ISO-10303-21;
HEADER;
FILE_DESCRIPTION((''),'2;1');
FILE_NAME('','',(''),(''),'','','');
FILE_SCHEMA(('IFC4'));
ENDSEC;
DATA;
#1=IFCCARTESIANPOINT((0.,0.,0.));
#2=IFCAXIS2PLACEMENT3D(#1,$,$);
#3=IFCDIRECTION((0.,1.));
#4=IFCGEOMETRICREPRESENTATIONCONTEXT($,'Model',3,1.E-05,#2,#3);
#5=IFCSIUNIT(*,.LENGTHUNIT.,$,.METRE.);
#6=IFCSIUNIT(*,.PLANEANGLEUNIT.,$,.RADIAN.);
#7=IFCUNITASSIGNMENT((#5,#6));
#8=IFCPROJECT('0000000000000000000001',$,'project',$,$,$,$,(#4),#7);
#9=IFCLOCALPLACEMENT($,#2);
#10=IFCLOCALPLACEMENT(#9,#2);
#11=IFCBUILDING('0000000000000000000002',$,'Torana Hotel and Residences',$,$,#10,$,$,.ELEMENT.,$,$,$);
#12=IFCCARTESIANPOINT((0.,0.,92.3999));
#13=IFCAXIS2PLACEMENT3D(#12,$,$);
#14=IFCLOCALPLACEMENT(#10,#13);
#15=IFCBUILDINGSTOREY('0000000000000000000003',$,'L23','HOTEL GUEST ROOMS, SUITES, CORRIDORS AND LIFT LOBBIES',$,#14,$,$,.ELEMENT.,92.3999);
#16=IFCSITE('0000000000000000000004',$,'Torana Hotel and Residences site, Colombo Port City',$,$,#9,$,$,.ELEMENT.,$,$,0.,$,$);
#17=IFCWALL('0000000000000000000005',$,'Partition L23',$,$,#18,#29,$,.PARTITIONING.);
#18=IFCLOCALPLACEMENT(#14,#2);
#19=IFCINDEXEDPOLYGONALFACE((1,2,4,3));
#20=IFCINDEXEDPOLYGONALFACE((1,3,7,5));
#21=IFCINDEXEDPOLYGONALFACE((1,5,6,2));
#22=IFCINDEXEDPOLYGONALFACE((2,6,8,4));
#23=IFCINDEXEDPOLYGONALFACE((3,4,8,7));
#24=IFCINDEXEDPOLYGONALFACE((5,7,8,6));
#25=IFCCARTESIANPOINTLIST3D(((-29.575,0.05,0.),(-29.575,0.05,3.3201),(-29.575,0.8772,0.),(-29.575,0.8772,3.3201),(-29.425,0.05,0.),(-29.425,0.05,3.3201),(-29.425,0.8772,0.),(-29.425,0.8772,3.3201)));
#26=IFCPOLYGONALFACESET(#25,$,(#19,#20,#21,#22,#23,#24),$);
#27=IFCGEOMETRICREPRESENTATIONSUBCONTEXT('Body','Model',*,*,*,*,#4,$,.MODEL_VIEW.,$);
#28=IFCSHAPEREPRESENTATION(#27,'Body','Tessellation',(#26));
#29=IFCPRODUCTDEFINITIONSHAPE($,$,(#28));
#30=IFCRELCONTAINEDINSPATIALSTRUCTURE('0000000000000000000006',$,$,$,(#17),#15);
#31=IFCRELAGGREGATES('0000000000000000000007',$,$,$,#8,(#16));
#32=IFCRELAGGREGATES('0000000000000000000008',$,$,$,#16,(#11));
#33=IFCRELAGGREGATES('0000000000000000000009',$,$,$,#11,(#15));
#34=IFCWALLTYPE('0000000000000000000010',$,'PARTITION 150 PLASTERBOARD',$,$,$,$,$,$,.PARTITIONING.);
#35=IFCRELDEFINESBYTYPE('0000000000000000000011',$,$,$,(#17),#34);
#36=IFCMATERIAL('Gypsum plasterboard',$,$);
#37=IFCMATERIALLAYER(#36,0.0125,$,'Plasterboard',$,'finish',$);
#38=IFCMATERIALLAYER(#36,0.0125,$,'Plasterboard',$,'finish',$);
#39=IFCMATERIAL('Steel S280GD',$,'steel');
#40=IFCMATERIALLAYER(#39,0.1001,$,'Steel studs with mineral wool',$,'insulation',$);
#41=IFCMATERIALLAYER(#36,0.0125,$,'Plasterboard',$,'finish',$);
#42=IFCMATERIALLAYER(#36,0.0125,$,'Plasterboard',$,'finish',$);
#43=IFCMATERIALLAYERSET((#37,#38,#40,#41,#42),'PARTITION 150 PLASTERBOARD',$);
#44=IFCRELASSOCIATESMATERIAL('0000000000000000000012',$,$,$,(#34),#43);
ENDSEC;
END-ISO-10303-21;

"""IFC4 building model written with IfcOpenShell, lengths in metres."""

from ifc_helpers import new_model, si_unit, direction, frame, frame_2d, origin, place, context, subcontext, project, spatial, rectangle, extrude, material, layer, layer_set, type_object, element, save


model = new_model("IFC4")

# Units and contexts
model_context = context("Model", 3, precision=1e-05, world=origin(), true_north=direction((0.0, 1.0)))
body_context = subcontext(model_context, "Body", "Model", "MODEL_VIEW")
ifc_project = project(units=[si_unit("LENGTHUNIT", "METRE"), si_unit("PLANEANGLEUNIT", "RADIAN")], contexts=[model_context])

# Site, building, storey
site_placement = place(None, origin())
site = spatial("IfcSite", under=ifc_project, at=site_placement, Name="Torana Hotel and Residences site, Colombo Port City", CompositionType="ELEMENT", RefElevation=0.0)
building_placement = place(site_placement, origin())
building = spatial("IfcBuilding", under=site, at=building_placement, Name="Torana Hotel and Residences", CompositionType="ELEMENT")
storey_placement = place(building_placement, frame((0.0, 0.0, 92.3999)))
storey = spatial("IfcBuildingStorey", under=building, at=storey_placement, Name="L23", Description="HOTEL GUEST ROOMS, SUITES, CORRIDORS AND LIFT LOBBIES", CompositionType="ELEMENT", Elevation=92.3999)

# Shared definitions
ifc_material_1 = material(Name="Steel S280GD", Category="steel")

# Wall
ifc_material_2 = material(Name="Gypsum plasterboard")
ifc_layer_1 = layer(ifc_material_2, 0.0125, Name="Plasterboard", Category="finish")
ifc_layer_2 = layer(ifc_material_2, 0.0125, Name="Plasterboard", Category="finish")
ifc_layer_3 = layer(ifc_material_1, 0.1001, Name="Steel studs with mineral wool", Category="insulation")
ifc_layer_4 = layer(ifc_material_2, 0.0125, Name="Plasterboard", Category="finish")
ifc_layer_5 = layer(ifc_material_2, 0.0125, Name="Plasterboard", Category="finish")
ifc_layer_set_1 = layer_set([ifc_layer_1, ifc_layer_2, ifc_layer_3, ifc_layer_4, ifc_layer_5], Name="PARTITION 150 PLASTERBOARD")
wall_type_1 = type_object("IfcWallType", Name="PARTITION 150 PLASTERBOARD", PredefinedType="PARTITIONING", material=ifc_layer_set_1)
wall_1_placement = place(storey_placement, frame((-29.5, 0.05, 0.0), z_axis=(0.0, 0.0, 1.0), x_axis=(0.0, 1.0, 0.0)))
element("IfcWall", 1, at=wall_1_placement, inside=storey, type_object=wall_type_1, Name="Partition L23", PredefinedType="PARTITIONING", context=body_context, shape_type="SweptSolid", body=[
    extrude(rectangle(XDim=0.8271, YDim=0.1499, at=frame_2d((0.4136, 0.0))), origin(), (0.0, 0.0, 1.0), 3.3201),
])

save(model, "model.ifc")
